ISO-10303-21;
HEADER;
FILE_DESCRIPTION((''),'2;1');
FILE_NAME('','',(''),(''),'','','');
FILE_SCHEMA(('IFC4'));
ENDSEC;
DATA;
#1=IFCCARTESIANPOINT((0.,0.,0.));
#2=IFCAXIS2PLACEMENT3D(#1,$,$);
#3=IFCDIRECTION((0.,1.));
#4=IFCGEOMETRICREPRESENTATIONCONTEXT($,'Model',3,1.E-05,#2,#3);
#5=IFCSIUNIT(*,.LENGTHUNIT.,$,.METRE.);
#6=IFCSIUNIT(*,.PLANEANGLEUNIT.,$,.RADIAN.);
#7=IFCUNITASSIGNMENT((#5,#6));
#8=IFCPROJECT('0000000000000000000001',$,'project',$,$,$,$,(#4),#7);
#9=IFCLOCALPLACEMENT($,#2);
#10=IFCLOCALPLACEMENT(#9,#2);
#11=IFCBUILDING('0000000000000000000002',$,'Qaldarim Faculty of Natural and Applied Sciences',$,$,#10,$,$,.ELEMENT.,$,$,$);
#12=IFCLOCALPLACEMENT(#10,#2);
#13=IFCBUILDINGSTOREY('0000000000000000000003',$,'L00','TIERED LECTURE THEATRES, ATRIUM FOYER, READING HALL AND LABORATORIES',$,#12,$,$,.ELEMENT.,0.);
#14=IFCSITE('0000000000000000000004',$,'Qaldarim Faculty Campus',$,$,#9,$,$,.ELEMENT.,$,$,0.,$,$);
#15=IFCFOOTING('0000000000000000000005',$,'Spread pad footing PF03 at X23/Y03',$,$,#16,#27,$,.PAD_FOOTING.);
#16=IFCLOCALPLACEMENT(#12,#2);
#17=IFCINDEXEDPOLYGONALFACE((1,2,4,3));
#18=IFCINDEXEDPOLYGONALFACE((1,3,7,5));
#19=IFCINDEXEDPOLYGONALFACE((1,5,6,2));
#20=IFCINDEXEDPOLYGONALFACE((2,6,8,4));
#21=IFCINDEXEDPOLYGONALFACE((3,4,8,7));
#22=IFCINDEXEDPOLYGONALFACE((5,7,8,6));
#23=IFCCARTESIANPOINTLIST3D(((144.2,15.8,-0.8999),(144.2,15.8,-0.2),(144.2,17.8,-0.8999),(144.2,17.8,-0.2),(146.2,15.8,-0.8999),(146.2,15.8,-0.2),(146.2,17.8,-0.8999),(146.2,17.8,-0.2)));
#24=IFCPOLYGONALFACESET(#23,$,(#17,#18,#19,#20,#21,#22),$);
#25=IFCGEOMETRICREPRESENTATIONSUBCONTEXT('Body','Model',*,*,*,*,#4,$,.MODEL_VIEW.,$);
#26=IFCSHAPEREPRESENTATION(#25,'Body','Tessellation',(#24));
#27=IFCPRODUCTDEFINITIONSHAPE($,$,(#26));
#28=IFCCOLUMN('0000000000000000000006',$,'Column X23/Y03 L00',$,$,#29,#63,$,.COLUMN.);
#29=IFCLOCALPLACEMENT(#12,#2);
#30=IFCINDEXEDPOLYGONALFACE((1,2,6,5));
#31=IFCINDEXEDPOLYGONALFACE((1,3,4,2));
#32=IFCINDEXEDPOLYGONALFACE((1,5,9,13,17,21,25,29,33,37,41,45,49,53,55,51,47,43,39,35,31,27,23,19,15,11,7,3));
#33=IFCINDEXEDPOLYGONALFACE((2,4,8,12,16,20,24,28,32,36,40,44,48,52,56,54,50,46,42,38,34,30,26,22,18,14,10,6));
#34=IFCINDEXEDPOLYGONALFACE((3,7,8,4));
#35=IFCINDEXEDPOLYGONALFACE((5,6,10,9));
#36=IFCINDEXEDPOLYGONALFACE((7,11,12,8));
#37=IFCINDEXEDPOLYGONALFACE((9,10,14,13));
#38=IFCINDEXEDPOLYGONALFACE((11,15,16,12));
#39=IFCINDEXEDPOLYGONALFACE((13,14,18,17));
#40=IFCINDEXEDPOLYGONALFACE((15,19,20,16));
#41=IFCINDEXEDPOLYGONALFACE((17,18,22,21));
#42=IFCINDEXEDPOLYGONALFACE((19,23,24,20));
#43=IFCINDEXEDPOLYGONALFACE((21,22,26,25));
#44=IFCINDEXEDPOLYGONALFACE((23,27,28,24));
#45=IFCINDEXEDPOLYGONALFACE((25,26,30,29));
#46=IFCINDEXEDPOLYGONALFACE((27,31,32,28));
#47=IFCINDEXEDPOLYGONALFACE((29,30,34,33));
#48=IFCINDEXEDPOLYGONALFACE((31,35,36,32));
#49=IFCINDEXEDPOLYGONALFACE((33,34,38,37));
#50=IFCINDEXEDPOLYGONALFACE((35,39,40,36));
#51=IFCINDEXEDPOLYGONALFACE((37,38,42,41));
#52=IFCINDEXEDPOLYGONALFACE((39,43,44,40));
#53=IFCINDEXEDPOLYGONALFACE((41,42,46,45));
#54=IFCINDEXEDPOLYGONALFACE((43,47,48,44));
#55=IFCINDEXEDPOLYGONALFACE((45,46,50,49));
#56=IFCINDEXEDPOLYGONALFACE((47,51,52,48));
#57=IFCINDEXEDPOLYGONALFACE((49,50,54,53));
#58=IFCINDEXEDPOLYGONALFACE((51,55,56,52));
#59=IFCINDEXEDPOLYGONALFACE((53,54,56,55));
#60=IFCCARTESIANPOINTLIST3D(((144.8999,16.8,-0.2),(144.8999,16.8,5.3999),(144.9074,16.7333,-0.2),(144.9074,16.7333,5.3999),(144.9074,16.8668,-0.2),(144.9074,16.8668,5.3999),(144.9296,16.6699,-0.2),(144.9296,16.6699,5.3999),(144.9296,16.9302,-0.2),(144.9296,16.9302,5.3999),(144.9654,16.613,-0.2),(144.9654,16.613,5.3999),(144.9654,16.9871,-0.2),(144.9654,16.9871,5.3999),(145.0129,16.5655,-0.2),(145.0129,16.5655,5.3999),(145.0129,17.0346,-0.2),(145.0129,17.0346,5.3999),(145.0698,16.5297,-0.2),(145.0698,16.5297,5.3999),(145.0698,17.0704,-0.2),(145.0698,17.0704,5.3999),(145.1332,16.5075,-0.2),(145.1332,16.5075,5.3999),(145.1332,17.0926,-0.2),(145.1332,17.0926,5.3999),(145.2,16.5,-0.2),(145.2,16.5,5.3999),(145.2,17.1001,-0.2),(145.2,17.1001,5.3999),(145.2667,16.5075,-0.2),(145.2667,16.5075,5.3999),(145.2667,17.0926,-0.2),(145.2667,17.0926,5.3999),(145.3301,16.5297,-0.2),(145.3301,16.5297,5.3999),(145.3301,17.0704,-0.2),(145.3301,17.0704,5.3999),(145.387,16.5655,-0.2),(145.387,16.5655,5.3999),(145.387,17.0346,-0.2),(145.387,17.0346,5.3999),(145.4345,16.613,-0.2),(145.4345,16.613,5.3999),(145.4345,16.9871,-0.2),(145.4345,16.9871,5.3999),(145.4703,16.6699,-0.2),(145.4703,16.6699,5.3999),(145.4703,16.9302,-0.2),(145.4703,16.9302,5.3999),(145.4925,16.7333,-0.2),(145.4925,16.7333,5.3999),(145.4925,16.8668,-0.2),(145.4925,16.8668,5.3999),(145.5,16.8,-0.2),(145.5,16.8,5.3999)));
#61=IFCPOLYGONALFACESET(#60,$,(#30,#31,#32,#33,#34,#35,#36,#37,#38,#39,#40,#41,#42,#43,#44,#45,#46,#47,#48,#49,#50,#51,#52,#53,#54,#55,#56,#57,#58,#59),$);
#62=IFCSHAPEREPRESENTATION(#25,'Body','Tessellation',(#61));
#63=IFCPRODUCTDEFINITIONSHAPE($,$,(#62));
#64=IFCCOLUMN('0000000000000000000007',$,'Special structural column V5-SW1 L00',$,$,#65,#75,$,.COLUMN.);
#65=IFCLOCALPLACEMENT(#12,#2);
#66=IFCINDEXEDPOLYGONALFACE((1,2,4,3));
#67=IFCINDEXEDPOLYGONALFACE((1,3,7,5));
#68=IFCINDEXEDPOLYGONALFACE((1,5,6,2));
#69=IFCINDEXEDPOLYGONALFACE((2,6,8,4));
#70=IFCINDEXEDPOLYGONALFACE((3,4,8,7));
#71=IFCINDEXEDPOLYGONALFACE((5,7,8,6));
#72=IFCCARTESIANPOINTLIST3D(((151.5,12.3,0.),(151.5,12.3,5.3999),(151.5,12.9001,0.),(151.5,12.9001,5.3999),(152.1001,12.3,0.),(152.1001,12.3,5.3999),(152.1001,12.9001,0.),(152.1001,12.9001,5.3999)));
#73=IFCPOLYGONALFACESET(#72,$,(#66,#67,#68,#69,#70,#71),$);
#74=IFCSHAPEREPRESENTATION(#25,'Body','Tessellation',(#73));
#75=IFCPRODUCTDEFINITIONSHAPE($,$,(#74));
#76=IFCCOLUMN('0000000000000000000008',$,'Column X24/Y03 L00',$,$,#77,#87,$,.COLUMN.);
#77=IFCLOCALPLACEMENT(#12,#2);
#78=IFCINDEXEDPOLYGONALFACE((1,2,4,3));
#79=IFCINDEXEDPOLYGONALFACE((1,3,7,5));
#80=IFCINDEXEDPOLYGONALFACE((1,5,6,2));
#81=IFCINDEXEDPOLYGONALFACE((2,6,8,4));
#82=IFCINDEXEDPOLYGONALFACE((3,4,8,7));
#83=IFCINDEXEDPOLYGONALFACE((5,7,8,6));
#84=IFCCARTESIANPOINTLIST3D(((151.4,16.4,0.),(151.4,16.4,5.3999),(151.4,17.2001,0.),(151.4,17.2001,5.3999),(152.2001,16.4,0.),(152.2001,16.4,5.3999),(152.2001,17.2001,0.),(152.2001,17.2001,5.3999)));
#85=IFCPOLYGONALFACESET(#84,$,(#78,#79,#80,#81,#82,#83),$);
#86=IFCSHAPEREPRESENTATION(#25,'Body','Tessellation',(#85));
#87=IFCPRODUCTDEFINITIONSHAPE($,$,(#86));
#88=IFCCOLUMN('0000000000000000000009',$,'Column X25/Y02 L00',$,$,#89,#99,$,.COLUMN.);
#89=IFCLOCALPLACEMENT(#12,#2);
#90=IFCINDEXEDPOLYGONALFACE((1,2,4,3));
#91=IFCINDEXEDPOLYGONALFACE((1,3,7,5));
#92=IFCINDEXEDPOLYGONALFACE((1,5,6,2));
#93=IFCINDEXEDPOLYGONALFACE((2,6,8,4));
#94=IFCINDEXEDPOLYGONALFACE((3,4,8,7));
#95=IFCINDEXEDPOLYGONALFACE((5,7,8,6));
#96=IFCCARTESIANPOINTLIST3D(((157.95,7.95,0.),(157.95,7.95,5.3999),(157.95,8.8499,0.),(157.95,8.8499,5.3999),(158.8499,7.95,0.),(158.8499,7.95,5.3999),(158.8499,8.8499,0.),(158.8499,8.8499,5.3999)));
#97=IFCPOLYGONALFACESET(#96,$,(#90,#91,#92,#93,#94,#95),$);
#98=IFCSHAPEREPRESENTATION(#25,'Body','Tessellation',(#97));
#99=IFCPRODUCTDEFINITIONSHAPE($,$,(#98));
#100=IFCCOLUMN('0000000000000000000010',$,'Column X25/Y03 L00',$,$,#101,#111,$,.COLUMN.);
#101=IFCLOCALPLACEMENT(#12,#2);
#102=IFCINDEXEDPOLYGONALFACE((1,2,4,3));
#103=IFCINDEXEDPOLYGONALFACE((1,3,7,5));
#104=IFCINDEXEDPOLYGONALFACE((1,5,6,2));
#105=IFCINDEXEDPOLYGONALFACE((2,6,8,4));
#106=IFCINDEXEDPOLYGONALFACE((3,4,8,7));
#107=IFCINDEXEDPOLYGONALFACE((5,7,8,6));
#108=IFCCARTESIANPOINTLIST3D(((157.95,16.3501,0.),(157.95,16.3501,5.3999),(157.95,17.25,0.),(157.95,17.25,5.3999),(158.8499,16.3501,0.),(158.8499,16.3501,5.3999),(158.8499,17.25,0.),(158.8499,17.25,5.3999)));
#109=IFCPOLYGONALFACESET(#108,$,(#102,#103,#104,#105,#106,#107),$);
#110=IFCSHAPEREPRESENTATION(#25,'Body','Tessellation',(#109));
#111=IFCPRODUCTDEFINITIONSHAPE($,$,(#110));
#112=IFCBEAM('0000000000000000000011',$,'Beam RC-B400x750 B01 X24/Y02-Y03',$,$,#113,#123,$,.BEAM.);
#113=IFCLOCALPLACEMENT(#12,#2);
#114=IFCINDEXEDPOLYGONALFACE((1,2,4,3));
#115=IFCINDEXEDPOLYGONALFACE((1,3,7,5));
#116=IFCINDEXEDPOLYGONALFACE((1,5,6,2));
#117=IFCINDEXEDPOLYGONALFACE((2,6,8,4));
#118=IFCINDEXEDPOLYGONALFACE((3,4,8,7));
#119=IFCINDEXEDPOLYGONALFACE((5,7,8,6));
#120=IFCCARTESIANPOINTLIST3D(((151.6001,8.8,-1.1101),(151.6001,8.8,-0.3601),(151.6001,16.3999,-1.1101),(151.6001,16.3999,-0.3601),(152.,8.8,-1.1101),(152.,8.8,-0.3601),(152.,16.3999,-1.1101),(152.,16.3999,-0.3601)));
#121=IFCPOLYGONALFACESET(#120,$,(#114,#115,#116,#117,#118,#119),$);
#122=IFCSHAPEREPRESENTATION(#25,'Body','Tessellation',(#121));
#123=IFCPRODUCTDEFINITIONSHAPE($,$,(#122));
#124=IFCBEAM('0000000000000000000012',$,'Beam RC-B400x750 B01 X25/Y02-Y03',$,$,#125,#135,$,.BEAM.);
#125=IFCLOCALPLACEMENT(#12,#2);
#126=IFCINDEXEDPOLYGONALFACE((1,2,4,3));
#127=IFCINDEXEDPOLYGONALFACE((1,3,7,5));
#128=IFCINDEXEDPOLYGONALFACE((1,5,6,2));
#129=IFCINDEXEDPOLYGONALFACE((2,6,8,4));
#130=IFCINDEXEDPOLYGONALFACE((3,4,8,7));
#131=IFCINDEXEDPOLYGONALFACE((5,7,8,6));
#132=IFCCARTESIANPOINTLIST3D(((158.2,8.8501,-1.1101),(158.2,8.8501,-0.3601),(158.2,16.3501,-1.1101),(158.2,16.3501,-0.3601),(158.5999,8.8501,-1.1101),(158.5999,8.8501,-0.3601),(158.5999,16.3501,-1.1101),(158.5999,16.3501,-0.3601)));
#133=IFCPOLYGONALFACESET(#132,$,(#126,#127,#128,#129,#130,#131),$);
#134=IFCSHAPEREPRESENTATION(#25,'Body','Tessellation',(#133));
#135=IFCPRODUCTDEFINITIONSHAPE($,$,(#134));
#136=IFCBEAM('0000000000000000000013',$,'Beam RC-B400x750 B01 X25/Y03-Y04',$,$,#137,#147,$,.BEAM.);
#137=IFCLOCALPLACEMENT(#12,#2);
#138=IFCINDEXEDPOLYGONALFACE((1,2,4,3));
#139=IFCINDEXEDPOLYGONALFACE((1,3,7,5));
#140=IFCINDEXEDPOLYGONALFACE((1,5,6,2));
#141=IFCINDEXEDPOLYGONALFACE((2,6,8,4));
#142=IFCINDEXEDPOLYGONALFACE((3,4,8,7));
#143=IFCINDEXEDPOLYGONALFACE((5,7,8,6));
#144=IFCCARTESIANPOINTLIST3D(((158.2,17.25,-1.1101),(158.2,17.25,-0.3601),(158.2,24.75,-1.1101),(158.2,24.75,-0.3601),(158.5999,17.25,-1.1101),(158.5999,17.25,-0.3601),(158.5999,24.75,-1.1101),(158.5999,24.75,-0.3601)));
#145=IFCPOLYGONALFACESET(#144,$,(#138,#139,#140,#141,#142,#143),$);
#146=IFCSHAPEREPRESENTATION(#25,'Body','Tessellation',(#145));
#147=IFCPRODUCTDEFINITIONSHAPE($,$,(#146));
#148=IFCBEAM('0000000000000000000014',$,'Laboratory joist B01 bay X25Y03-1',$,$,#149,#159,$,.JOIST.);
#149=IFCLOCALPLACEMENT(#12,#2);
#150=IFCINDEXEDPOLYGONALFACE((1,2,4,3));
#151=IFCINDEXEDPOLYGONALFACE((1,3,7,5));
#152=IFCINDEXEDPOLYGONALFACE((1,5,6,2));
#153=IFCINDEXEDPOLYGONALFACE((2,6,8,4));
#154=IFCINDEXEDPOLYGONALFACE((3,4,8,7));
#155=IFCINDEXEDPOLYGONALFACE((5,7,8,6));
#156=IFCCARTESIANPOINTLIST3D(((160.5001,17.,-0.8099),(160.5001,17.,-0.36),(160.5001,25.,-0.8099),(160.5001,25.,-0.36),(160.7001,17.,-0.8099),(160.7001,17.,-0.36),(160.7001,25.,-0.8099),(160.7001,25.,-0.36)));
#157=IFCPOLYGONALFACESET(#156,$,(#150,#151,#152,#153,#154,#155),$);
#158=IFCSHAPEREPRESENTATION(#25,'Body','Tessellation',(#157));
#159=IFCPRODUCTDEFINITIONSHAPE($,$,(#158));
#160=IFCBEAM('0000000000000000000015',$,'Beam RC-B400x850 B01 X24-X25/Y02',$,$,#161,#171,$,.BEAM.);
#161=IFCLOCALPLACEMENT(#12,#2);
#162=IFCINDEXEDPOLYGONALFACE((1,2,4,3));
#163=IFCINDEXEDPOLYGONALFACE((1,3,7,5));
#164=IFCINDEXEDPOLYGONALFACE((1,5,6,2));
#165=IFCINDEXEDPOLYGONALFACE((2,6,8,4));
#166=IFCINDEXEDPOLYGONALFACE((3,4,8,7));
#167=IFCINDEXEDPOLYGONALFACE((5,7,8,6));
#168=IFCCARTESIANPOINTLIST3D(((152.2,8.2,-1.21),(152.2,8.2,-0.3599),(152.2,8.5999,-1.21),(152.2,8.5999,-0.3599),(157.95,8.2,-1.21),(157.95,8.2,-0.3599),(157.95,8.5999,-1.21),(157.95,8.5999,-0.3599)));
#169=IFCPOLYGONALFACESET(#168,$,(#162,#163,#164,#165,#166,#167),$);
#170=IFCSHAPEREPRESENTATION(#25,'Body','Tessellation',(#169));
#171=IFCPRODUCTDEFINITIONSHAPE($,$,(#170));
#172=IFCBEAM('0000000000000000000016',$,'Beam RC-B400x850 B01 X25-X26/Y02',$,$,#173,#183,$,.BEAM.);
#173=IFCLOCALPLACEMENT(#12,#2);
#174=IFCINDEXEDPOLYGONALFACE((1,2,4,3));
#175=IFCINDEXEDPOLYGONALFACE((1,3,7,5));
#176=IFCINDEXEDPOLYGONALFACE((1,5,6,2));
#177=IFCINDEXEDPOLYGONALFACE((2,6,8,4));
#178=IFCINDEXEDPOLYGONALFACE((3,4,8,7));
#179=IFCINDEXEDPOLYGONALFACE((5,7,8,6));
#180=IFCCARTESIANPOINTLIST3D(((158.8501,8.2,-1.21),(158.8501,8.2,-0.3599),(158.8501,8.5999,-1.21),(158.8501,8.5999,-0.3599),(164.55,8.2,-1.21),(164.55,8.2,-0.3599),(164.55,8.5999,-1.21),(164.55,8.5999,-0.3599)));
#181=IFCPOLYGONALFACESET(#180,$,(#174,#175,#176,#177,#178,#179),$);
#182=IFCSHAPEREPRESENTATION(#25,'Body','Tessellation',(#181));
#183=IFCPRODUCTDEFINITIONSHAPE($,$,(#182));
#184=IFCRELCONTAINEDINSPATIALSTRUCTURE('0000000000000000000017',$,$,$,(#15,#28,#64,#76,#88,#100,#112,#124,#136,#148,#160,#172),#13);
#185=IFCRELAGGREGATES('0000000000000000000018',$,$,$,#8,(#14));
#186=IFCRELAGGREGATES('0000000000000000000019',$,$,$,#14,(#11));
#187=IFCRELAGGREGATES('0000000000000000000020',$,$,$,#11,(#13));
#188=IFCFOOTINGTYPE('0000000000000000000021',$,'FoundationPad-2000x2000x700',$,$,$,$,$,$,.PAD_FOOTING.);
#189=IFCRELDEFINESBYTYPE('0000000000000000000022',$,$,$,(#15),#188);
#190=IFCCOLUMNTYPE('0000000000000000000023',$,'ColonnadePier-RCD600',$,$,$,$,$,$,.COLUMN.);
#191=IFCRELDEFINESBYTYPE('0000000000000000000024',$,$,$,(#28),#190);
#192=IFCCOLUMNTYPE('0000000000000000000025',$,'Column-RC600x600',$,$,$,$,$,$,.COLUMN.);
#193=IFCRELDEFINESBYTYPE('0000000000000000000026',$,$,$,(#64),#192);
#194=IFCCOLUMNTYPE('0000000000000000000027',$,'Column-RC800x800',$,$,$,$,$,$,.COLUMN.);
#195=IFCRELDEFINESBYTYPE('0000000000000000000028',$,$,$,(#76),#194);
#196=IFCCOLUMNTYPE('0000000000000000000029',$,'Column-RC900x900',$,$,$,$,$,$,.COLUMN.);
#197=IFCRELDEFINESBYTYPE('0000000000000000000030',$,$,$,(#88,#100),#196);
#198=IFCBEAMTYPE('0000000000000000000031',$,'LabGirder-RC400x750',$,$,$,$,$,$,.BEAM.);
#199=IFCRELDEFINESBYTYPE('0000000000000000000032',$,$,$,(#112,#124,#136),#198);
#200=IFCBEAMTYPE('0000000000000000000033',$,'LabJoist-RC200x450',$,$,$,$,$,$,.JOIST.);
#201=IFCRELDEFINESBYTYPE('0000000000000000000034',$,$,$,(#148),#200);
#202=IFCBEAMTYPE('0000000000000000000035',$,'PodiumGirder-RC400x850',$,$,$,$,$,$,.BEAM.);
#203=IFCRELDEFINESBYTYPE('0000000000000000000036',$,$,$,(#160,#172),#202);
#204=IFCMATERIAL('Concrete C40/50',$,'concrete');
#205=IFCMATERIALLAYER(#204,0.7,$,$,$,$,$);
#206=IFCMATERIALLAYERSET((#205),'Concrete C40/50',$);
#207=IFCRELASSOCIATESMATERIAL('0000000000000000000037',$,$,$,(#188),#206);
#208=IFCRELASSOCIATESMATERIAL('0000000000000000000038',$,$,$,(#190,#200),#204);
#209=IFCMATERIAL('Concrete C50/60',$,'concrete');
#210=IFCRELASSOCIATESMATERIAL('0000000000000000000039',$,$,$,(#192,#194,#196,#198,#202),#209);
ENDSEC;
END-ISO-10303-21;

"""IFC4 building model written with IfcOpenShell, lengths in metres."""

from ifc_helpers import new_model, si_unit, direction, frame, origin, origin_2d, place, context, subcontext, project, spatial, rectangle, circle, extrude, material, layer, layer_set, material_profile, profile_set, type_object, element, save


model = new_model("IFC4")

# Units and contexts
model_context = context("Model", 3, precision=1e-05, world=origin(), true_north=direction((0.0, 1.0)))
body_context = subcontext(model_context, "Body", "Model", "MODEL_VIEW")
ifc_project = project(units=[si_unit("LENGTHUNIT", "METRE"), si_unit("PLANEANGLEUNIT", "RADIAN")], contexts=[model_context])

# Site, building, storey
site_placement = place(None, origin())
site = spatial("IfcSite", under=ifc_project, at=site_placement, Name="Qaldarim Faculty Campus", CompositionType="ELEMENT", RefElevation=0.0)
building_placement = place(site_placement, origin())
building = spatial("IfcBuilding", under=site, at=building_placement, Name="Qaldarim Faculty of Natural and Applied Sciences", CompositionType="ELEMENT")
storey_placement = place(building_placement, origin())
storey = spatial("IfcBuildingStorey", under=building, at=storey_placement, Name="L00", Description="TIERED LECTURE THEATRES, ATRIUM FOYER, READING HALL AND LABORATORIES", CompositionType="ELEMENT", Elevation=0.0)

# Footing
ifc_material_1 = material(Name="Concrete C40/50", Category="concrete")
ifc_layer_1 = layer(ifc_material_1, 0.7)
ifc_layer_set_1 = layer_set([ifc_layer_1], Name="Concrete C40/50")
footing_type = type_object("IfcFootingType", Name="FoundationPad-2000x2000x700", PredefinedType="PAD_FOOTING", material=ifc_layer_set_1)
footing_placement = place(storey_placement, frame((145.2, 16.8, -0.8999), z_axis=(0.0, 0.0, 1.0), x_axis=(1.0, 0.0, 0.0)))
element("IfcFooting", 1, at=footing_placement, inside=storey, type_object=footing_type, Name="Spread pad footing PF03 at X23/Y03", PredefinedType="PAD_FOOTING", context=body_context, shape_type="SweptSolid", body=[
    extrude(rectangle(XDim=2.0, YDim=2.0, at=origin_2d()), origin(), (0.0, 0.0, 1.0), 0.7),
])

# Columns
ifc_material_profile_1 = material_profile(ifc_material_1, circle(Radius=0.3, at=origin_2d()), Name="RC-D600")
ifc_profile_set_1 = profile_set([ifc_material_profile_1], Name="Concrete C40/50")
column_type_1 = type_object("IfcColumnType", Name="ColonnadePier-RCD600", PredefinedType="COLUMN", material=ifc_profile_set_1)
column_1_placement = place(storey_placement, frame((145.2, 16.8, -0.2), z_axis=(0.0, 0.0, 1.0), x_axis=(1.0, 0.0, 0.0)))
element("IfcColumn", 2, at=column_1_placement, inside=storey, type_object=column_type_1, Name="Column X23/Y03 L00", PredefinedType="COLUMN", context=body_context, shape_type="SweptSolid", body=[
    extrude(circle(Radius=0.3, at=origin_2d()), origin(), (0.0, 0.0, 1.0), 5.5999),
])
ifc_material_2 = material(Name="Concrete C50/60", Category="concrete")
ifc_material_profile_2 = material_profile(ifc_material_2, rectangle(XDim=0.6001, YDim=0.6001, at=origin_2d()), Name="RC-C600x600")
ifc_profile_set_2 = profile_set([ifc_material_profile_2], Name="Concrete C50/60")
column_type_2 = type_object("IfcColumnType", Name="Column-RC600x600", PredefinedType="COLUMN", material=ifc_profile_set_2)
column_2_placement = place(storey_placement, frame((151.8, 12.6001, 0.0), z_axis=(0.0, 0.0, 1.0), x_axis=(1.0, 0.0, 0.0)))
element("IfcColumn", 3, at=column_2_placement, inside=storey, type_object=column_type_2, Name="Special structural column V5-SW1 L00", PredefinedType="COLUMN", context=body_context, shape_type="SweptSolid", body=[
    extrude(rectangle(XDim=0.6001, YDim=0.6001, at=origin_2d()), origin(), (0.0, 0.0, 1.0), 5.3999),
])
ifc_material_profile_3 = material_profile(ifc_material_2, rectangle(XDim=0.8, YDim=0.8, at=origin_2d()), Name="RC-C800x800")
ifc_profile_set_3 = profile_set([ifc_material_profile_3], Name="Concrete C50/60")
column_type_3 = type_object("IfcColumnType", Name="Column-RC800x800", PredefinedType="COLUMN", material=ifc_profile_set_3)
column_3_placement = place(storey_placement, frame((151.8, 16.8, 0.0), z_axis=(0.0, 0.0, 1.0), x_axis=(1.0, 0.0, 0.0)))
element("IfcColumn", 4, at=column_3_placement, inside=storey, type_object=column_type_3, Name="Column X24/Y03 L00", PredefinedType="COLUMN", context=body_context, shape_type="SweptSolid", body=[
    extrude(rectangle(XDim=0.8, YDim=0.8, at=origin_2d()), origin(), (0.0, 0.0, 1.0), 5.3999),
])
ifc_material_profile_4 = material_profile(ifc_material_2, rectangle(XDim=0.8999, YDim=0.8999, at=origin_2d()), Name="RC-C900x900")
ifc_profile_set_4 = profile_set([ifc_material_profile_4], Name="Concrete C50/60")
column_type_4 = type_object("IfcColumnType", Name="Column-RC900x900", PredefinedType="COLUMN", material=ifc_profile_set_4)
for number, where, z_axis, x_axis, name in (
    (5, (158.3999, 8.3999, 0.0), (0.0, 0.0, 1.0), (1.0, 0.0, 0.0), "Column X25/Y02 L00"),
    (6, (158.3999, 16.8, 0.0), (0.0, 0.0, 1.0), (1.0, 0.0, 0.0), "Column X25/Y03 L00"),
):
    element("IfcColumn", number, at=place(storey_placement, frame(where, z_axis=z_axis, x_axis=x_axis)), inside=storey, type_object=column_type_4, Name=name, PredefinedType="COLUMN", context=body_context, shape_type="SweptSolid", body=[
        extrude(rectangle(XDim=0.8999, YDim=0.8999, at=origin_2d()), origin(), (0.0, 0.0, 1.0), 5.3999),
    ])

# Beams
ifc_material_profile_5 = material_profile(ifc_material_2, rectangle(XDim=0.3999, YDim=0.75, at=origin_2d()), Name="RC-B400x750")
ifc_profile_set_5 = profile_set([ifc_material_profile_5], Name="Concrete C50/60")
beam_type_1 = type_object("IfcBeamType", Name="LabGirder-RC400x750", PredefinedType="BEAM", material=ifc_profile_set_5)
beam_1_placement = place(storey_placement, frame((151.8, 8.8, -0.7351), z_axis=(0.0, 1.0, 0.0), x_axis=(-1.0, 0.0, 0.0)))
element("IfcBeam", 7, at=beam_1_placement, inside=storey, type_object=beam_type_1, Name="Beam RC-B400x750 B01 X24/Y02-Y03", PredefinedType="BEAM", context=body_context, shape_type="SweptSolid", body=[
    extrude(rectangle(XDim=0.3999, YDim=0.75, at=origin_2d()), origin(), (0.0, 0.0, 1.0), 7.5999),
])
for number, where, z_axis, x_axis, name in (
    (8, (158.3999, 8.8501, -0.7351), (0.0, 1.0, 0.0), (-1.0, 0.0, 0.0), "Beam RC-B400x750 B01 X25/Y02-Y03"),
    (9, (158.3999, 17.25, -0.7351), (0.0, 1.0, 0.0), (-1.0, 0.0, 0.0), "Beam RC-B400x750 B01 X25/Y03-Y04"),
):
    element("IfcBeam", number, at=place(storey_placement, frame(where, z_axis=z_axis, x_axis=x_axis)), inside=storey, type_object=beam_type_1, Name=name, PredefinedType="BEAM", context=body_context, shape_type="SweptSolid", body=[
        extrude(rectangle(XDim=0.3999, YDim=0.75, at=origin_2d()), origin(), (0.0, 0.0, 1.0), 7.5),
    ])
ifc_material_profile_6 = material_profile(ifc_material_1, rectangle(XDim=0.2, YDim=0.45, at=origin_2d()), Name="RC-J200x450")
ifc_profile_set_6 = profile_set([ifc_material_profile_6], Name="Concrete C40/50")
beam_type_2 = type_object("IfcBeamType", Name="LabJoist-RC200x450", PredefinedType="JOIST", material=ifc_profile_set_6)
beam_2_placement = place(storey_placement, frame((160.6001, 17.0, -0.585), z_axis=(0.0, 1.0, 0.0), x_axis=(-1.0, 0.0, 0.0)))
element("IfcBeam", 10, at=beam_2_placement, inside=storey, type_object=beam_type_2, Name="Laboratory joist B01 bay X25Y03-1", PredefinedType="JOIST", context=body_context, shape_type="SweptSolid", body=[
    extrude(rectangle(XDim=0.2, YDim=0.45, at=origin_2d()), origin(), (0.0, 0.0, 1.0), 8.0),
])
ifc_material_profile_7 = material_profile(ifc_material_2, rectangle(XDim=0.3999, YDim=0.8501, at=origin_2d()), Name="RC-B400x850")
ifc_profile_set_7 = profile_set([ifc_material_profile_7], Name="Concrete C50/60")
beam_type_3 = type_object("IfcBeamType", Name="PodiumGirder-RC400x850", PredefinedType="BEAM", material=ifc_profile_set_7)
beam_3_placement = place(storey_placement, frame((152.2, 8.3999, -0.7849), z_axis=(1.0, 0.0, 0.0), x_axis=(0.0, 1.0, 0.0)))
element("IfcBeam", 11, at=beam_3_placement, inside=storey, type_object=beam_type_3, Name="Beam RC-B400x850 B01 X24-X25/Y02", PredefinedType="BEAM", context=body_context, shape_type="SweptSolid", body=[
    extrude(rectangle(XDim=0.3999, YDim=0.8501, at=origin_2d()), origin(), (0.0, 0.0, 1.0), 5.75),
])
for number, where, z_axis, x_axis, name in (
    (12, (158.8501, 8.3999, -0.7849), (1.0, 0.0, 0.0), (0.0, 1.0, 0.0), "Beam RC-B400x850 B01 X25-X26/Y02"),
):
    element("IfcBeam", number, at=place(storey_placement, frame(where, z_axis=z_axis, x_axis=x_axis)), inside=storey, type_object=beam_type_3, Name=name, PredefinedType="BEAM", context=body_context, shape_type="SweptSolid", body=[
        extrude(rectangle(XDim=0.3999, YDim=0.8501, at=origin_2d()), origin(), (0.0, 0.0, 1.0), 5.7),
    ])

save(model, "model.ifc")
